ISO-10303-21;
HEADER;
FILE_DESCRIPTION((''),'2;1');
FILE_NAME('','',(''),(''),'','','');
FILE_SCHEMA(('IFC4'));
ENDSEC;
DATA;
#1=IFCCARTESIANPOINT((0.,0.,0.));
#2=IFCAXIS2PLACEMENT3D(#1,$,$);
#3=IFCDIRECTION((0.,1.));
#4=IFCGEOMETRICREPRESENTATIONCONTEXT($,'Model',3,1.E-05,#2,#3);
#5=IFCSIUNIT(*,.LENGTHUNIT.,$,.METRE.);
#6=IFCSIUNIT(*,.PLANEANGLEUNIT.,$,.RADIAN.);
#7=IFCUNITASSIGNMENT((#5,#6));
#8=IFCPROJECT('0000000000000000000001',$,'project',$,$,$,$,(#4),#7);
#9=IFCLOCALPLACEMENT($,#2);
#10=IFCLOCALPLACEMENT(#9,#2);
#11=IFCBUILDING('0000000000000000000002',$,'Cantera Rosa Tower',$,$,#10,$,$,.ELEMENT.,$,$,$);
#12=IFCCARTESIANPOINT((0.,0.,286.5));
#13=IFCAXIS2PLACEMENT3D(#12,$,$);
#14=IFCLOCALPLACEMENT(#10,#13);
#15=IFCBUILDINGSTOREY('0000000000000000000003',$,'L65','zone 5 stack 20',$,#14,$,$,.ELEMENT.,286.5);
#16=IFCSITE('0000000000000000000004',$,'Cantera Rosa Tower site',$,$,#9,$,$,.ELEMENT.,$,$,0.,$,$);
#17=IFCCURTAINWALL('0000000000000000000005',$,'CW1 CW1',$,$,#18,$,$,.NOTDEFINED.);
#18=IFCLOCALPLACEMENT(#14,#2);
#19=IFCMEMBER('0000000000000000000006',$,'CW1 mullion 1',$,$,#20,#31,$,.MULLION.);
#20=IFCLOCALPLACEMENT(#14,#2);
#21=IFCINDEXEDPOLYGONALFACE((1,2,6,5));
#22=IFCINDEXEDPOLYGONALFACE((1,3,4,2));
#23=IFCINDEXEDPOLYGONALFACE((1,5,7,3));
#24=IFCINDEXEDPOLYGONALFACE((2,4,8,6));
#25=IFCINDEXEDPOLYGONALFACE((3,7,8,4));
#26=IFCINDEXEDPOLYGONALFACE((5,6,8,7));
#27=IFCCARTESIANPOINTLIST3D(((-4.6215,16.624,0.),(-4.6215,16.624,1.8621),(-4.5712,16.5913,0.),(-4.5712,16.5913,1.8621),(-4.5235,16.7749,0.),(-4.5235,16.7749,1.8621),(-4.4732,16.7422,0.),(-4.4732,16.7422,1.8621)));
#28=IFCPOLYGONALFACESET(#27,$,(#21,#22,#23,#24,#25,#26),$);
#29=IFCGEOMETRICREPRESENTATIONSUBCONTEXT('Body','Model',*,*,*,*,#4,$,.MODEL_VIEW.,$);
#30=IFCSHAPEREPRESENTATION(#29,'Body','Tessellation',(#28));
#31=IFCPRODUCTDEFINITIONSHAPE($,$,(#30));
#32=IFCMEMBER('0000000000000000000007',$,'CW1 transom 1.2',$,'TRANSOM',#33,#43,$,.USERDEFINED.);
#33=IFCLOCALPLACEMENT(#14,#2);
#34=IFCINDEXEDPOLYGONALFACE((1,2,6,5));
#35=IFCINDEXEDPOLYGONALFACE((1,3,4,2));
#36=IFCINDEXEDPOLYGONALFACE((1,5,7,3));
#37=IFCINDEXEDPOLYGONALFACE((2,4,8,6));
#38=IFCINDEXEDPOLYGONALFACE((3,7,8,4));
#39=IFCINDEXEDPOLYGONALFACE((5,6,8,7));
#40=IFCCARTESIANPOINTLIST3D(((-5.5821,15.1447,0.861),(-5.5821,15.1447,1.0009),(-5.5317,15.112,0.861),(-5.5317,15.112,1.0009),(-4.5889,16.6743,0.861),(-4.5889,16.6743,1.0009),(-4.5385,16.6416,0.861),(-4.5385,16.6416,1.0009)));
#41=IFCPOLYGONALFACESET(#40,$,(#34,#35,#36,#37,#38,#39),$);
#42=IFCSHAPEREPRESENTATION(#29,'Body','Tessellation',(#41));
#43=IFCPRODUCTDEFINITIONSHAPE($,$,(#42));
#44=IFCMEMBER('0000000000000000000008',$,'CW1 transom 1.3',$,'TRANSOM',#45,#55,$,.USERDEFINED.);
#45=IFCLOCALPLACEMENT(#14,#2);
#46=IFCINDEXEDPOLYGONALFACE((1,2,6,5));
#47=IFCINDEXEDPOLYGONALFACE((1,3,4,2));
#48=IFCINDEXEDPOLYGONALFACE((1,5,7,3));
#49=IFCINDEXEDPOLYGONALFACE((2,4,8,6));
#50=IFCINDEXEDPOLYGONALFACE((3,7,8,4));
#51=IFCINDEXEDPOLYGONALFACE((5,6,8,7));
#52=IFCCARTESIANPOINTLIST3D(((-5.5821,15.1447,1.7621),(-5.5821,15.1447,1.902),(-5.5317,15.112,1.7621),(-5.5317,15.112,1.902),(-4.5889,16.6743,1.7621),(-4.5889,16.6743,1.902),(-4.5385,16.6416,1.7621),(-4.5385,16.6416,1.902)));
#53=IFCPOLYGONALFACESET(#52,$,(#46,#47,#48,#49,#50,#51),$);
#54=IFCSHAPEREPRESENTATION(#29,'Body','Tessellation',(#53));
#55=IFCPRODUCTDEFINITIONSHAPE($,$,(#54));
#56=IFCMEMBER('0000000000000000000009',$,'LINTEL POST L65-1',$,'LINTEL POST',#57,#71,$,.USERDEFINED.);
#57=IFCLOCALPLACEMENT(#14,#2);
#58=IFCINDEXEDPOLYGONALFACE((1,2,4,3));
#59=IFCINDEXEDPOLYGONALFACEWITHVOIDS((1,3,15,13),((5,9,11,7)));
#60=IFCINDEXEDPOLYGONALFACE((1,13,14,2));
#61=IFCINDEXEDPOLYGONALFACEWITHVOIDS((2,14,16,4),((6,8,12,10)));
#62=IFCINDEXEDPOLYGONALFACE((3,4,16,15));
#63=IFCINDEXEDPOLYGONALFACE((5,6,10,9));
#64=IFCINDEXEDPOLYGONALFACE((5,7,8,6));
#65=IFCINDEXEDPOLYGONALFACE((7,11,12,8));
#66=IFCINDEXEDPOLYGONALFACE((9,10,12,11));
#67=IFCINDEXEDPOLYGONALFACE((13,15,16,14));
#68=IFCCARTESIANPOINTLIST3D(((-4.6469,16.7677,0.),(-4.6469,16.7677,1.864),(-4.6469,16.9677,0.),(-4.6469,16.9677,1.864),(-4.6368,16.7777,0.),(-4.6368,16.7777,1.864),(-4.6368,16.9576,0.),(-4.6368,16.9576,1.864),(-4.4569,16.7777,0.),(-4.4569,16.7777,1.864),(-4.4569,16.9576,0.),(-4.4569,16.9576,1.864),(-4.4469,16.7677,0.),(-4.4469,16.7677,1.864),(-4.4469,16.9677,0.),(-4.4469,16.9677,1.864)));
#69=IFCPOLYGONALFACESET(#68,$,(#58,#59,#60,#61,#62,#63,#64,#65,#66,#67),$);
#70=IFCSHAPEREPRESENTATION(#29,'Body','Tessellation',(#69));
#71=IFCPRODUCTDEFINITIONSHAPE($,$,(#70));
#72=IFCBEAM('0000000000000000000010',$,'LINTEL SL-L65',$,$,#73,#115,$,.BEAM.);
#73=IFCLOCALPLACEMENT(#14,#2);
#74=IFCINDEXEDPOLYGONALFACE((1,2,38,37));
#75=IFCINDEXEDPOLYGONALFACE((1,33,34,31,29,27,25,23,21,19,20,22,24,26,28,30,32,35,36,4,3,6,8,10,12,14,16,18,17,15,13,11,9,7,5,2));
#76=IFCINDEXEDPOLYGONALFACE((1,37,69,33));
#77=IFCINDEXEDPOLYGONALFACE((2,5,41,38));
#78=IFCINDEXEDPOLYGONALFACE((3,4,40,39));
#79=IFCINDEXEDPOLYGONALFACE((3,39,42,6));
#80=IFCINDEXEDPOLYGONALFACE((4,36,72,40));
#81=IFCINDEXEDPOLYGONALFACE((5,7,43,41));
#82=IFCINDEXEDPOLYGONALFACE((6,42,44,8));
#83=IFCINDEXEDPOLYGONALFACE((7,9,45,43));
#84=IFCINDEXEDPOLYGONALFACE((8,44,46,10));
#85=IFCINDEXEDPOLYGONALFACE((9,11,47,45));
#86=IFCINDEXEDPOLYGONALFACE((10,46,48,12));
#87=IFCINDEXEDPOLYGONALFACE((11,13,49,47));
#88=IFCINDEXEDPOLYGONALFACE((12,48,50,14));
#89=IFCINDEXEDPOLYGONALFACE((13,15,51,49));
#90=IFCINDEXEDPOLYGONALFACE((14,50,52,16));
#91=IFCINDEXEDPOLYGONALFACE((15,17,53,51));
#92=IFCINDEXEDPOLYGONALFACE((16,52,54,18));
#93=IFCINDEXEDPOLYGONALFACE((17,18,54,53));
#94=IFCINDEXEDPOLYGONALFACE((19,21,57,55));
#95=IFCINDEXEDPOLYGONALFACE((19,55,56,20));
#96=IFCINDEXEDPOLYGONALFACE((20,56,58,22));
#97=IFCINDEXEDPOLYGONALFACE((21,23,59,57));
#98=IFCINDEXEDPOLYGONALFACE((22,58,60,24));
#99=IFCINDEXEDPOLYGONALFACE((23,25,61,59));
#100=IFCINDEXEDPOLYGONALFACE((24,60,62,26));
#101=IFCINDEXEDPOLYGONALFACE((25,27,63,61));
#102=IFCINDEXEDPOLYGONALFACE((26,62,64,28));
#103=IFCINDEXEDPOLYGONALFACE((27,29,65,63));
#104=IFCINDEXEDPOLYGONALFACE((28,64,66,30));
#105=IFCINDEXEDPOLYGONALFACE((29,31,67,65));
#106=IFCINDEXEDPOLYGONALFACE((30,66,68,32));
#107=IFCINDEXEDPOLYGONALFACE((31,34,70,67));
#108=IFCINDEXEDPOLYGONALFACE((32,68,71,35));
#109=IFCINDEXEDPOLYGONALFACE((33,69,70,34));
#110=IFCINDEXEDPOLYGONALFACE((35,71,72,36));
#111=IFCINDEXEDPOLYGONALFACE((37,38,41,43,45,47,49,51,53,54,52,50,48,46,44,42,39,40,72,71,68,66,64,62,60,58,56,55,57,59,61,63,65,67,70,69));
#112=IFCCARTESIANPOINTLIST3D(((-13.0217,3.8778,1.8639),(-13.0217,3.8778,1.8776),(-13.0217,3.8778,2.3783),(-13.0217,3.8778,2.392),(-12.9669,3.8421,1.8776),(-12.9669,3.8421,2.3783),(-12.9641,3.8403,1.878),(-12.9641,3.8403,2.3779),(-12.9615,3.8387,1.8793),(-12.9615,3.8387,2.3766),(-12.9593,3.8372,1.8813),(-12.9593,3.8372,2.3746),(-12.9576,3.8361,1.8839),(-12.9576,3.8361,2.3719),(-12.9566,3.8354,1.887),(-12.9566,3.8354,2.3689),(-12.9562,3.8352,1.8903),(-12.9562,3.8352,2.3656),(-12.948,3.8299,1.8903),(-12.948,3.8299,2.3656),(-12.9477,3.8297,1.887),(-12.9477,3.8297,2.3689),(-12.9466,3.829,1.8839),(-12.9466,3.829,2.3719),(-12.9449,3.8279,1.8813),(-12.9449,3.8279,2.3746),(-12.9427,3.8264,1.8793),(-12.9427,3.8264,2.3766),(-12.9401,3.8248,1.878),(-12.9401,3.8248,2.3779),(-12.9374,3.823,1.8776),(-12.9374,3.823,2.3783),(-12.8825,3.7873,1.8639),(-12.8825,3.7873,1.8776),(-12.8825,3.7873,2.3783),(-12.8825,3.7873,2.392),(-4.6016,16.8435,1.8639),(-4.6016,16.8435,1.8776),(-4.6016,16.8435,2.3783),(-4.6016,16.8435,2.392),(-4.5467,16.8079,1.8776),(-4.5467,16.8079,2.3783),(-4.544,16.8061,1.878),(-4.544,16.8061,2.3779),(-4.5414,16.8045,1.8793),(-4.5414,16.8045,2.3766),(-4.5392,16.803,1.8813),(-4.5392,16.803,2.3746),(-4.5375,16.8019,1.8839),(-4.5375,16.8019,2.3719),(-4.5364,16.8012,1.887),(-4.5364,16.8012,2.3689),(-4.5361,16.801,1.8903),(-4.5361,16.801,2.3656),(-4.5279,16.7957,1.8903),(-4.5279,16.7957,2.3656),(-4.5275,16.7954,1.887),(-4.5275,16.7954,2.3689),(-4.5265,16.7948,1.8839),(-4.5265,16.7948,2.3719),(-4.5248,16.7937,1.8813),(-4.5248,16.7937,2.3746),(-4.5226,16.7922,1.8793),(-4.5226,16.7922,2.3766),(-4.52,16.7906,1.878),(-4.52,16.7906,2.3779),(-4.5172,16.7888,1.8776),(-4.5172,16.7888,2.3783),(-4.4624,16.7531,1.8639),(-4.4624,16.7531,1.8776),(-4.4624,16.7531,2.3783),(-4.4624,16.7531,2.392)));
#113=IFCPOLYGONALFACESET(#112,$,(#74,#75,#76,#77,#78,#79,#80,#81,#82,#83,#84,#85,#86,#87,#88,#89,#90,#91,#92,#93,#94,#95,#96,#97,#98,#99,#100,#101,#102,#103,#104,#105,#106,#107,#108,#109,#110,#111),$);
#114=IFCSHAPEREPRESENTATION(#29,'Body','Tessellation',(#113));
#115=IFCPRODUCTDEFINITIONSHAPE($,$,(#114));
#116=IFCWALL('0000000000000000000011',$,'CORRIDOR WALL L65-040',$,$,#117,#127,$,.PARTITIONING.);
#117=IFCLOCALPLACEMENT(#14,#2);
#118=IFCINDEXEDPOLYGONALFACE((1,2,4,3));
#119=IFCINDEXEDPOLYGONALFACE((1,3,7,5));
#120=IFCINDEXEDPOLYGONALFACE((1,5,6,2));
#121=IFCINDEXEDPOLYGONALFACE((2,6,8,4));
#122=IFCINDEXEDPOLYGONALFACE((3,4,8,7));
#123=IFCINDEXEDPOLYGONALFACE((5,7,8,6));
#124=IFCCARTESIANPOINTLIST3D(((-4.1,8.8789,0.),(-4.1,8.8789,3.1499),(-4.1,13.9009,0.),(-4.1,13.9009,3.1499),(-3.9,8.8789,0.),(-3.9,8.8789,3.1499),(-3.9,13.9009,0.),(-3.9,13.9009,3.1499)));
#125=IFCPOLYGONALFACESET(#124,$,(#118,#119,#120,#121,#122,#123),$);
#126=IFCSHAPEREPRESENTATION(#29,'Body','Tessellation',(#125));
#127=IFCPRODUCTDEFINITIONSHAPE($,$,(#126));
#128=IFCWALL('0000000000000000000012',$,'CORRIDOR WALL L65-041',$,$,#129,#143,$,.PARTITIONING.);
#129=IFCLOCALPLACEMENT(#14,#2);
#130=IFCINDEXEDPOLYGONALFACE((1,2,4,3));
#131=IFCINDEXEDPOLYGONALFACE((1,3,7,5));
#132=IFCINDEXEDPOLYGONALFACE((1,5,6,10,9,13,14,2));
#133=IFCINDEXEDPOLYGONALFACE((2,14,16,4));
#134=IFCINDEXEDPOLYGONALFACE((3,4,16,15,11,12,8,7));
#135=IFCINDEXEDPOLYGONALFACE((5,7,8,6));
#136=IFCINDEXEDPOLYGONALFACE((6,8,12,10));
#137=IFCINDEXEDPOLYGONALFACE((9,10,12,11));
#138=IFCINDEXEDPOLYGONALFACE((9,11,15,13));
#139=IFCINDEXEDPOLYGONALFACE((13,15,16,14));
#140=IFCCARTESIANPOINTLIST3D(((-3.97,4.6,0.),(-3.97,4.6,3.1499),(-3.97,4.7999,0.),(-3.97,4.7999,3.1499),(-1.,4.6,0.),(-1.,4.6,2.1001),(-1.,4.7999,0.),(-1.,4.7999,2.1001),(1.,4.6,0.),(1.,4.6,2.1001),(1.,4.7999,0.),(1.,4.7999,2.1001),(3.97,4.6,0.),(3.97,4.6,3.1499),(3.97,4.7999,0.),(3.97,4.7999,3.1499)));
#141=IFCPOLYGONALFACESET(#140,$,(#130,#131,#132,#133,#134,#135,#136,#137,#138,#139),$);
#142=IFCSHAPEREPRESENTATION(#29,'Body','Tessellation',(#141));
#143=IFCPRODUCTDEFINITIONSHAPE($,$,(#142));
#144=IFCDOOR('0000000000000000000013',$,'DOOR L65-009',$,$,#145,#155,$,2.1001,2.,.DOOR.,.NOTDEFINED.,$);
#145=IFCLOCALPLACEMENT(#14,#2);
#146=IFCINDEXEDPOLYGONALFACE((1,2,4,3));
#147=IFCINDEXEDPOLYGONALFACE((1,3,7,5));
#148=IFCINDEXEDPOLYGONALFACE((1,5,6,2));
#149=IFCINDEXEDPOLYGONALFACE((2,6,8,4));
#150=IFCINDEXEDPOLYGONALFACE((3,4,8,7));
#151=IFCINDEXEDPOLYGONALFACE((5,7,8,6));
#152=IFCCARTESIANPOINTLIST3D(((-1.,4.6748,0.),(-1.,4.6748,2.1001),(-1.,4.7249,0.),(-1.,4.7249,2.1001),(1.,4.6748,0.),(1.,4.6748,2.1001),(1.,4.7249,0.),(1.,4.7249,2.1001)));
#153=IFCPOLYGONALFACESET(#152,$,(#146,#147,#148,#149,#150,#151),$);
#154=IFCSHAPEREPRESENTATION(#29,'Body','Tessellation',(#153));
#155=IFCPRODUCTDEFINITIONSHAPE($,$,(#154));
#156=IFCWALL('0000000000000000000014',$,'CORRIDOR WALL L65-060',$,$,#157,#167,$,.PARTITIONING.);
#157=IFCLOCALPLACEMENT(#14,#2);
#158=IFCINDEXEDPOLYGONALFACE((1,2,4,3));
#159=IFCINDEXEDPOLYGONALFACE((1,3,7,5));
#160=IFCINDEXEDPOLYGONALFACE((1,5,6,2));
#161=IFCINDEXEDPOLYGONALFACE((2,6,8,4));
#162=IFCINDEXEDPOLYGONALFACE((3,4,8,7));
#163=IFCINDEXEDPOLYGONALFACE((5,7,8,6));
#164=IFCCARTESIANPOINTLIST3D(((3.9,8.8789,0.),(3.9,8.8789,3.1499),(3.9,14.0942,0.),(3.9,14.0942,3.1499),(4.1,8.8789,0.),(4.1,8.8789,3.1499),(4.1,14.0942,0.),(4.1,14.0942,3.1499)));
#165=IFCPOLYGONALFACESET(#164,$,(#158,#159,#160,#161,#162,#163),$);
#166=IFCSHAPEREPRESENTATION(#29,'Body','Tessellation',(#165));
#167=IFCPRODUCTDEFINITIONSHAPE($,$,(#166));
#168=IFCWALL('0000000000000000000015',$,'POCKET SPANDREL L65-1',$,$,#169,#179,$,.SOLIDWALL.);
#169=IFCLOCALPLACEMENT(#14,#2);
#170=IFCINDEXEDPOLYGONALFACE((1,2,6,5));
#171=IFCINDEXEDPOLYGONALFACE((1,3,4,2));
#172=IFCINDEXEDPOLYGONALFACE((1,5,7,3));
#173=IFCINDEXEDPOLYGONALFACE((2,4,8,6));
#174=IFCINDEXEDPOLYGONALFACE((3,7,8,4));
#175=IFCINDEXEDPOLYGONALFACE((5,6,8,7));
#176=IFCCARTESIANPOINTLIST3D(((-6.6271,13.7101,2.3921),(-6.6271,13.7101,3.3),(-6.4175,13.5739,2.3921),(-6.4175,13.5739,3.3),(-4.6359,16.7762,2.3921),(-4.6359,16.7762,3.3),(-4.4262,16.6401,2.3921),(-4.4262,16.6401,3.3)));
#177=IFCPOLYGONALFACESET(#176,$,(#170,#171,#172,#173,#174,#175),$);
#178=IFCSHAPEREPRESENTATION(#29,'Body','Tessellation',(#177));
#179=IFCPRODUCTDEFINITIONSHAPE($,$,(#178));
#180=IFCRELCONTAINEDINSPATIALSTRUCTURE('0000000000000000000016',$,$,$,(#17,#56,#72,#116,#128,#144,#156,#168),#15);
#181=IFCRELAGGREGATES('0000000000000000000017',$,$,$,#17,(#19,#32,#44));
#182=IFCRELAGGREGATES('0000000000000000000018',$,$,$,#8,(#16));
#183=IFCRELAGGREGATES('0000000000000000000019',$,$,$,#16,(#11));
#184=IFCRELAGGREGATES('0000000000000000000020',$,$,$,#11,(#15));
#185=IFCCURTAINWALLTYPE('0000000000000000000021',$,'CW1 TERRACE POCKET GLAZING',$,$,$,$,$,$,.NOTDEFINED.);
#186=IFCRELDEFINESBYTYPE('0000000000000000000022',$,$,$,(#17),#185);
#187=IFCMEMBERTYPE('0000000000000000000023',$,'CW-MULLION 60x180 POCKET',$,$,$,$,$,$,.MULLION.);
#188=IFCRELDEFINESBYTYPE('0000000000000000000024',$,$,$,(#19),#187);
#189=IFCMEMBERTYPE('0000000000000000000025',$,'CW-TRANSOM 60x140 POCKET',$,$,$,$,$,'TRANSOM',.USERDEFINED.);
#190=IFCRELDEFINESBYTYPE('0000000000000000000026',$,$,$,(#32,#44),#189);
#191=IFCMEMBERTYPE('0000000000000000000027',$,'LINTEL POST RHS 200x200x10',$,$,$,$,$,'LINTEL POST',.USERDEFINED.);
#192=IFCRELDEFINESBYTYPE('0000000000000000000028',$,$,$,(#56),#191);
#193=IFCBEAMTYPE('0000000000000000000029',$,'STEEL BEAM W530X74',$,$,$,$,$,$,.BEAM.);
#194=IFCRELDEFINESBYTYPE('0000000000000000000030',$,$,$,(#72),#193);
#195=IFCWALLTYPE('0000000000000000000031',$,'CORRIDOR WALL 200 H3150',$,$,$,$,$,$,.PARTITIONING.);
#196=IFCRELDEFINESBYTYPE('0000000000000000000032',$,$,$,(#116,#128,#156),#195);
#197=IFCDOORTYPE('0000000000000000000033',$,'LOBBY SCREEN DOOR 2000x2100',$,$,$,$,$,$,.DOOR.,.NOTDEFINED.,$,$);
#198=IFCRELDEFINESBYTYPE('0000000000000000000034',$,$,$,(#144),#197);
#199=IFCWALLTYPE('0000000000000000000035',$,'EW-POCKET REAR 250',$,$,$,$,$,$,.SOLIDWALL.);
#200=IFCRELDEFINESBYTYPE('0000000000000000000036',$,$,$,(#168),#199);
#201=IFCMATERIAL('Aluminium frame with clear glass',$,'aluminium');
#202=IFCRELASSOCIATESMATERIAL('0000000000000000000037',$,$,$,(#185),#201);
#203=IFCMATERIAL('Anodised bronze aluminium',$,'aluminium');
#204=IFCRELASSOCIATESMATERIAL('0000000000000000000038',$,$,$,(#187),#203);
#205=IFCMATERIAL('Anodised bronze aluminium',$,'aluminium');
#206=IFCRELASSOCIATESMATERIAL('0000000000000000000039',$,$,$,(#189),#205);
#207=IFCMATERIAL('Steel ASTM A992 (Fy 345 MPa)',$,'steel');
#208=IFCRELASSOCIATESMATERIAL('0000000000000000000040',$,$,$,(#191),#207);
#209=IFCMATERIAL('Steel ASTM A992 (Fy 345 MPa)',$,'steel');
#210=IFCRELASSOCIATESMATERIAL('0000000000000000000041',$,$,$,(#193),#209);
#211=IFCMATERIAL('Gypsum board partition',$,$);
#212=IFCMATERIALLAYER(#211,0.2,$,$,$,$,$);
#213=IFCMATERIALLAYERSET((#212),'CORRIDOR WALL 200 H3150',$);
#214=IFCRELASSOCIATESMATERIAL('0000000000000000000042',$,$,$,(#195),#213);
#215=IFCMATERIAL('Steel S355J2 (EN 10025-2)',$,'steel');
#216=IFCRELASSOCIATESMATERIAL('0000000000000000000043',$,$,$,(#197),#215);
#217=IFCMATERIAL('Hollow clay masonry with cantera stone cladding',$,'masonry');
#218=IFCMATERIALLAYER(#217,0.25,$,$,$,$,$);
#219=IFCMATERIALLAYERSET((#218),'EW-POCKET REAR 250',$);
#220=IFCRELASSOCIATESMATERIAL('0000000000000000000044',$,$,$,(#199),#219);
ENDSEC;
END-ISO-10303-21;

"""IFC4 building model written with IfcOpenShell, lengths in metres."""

from ifc_helpers import new_model, si_unit, direction, frame, frame_2d, origin, origin_2d, place, context, subcontext, project, spatial, rectangle, hollow_rectangle, i_section, extrude, material, layer, layer_set, material_profile, profile_set, type_object, element, fill, aggregate, save


model = new_model("IFC4")

# Units and contexts
model_context = context("Model", 3, precision=1e-05, world=origin(), true_north=direction((0.0, 1.0)))
body_context = subcontext(model_context, "Body", "Model", "MODEL_VIEW")
ifc_project = project(units=[si_unit("LENGTHUNIT", "METRE"), si_unit("PLANEANGLEUNIT", "RADIAN")], contexts=[model_context])

# Site, building, storey
site_placement = place(None, origin())
site = spatial("IfcSite", under=ifc_project, at=site_placement, Name="Cantera Rosa Tower site", CompositionType="ELEMENT", RefElevation=0.0)
building_placement = place(site_placement, origin())
building = spatial("IfcBuilding", under=site, at=building_placement, Name="Cantera Rosa Tower", CompositionType="ELEMENT")
storey_placement = place(building_placement, frame((0.0, 0.0, 286.5)))
storey = spatial("IfcBuildingStorey", under=building, at=storey_placement, Name="L65", Description="zone 5 stack 20", CompositionType="ELEMENT", Elevation=286.5)

# Curtain wall, members
ifc_material_1 = material(Name="Aluminium frame with clear glass", Category="aluminium")
curtain_wall_type = type_object("IfcCurtainWallType", Name="CW1 TERRACE POCKET GLAZING", PredefinedType="NOTDEFINED", material=ifc_material_1)
curtain_wall_placement = place(storey_placement, origin())
curtain_wall = element("IfcCurtainWall", 1, at=curtain_wall_placement, inside=storey, type_object=curtain_wall_type, Name="CW1 CW1", PredefinedType="NOTDEFINED")
ifc_material_2 = material(Name="Anodised bronze aluminium", Category="aluminium")
ifc_material_profile_1 = material_profile(ifc_material_2, rectangle(XDim=0.0601, YDim=0.1799, at=origin_2d()), Name="CW-MULLION 60x180 POCKET")
ifc_profile_set_1 = profile_set([ifc_material_profile_1], Name="Anodised bronze aluminium")
member_type_1 = type_object("IfcMemberType", Name="CW-MULLION 60x180 POCKET", PredefinedType="MULLION", material=ifc_profile_set_1)
member_1_placement = place(storey_placement, frame((-4.5474, 16.6831, 0.0), z_axis=(0.0, 0.0, 1.0), x_axis=(0.838671, -0.544639, 0.0)))
member_1 = element("IfcMember", 2, at=member_1_placement, type_object=member_type_1, Name="CW1 mullion 1", PredefinedType="MULLION", context=body_context, shape_type="SweptSolid", body=[
    extrude(rectangle(XDim=0.0601, YDim=0.1799, at=origin_2d()), origin(), (0.0, 0.0, 1.0), 1.8621),
])
ifc_material_3 = material(Name="Anodised bronze aluminium", Category="aluminium")
ifc_material_profile_2 = material_profile(ifc_material_3, rectangle(XDim=0.0601, YDim=0.1399, at=origin_2d()), Name="CW-TRANSOM 60x140 POCKET")
ifc_profile_set_2 = profile_set([ifc_material_profile_2], Name="Anodised bronze aluminium")
member_type_2 = type_object("IfcMemberType", Name="CW-TRANSOM 60x140 POCKET", ElementType="TRANSOM", PredefinedType="USERDEFINED", material=ifc_profile_set_2)
member_2_placement = place(storey_placement, frame((-4.5637, 16.658, 0.9309), z_axis=(-0.544588, -0.838703, 0.0), x_axis=(0.838703, -0.544588, 0.0)))
member_2 = element("IfcMember", 3, at=member_2_placement, type_object=member_type_2, Name="CW1 transom 1.2", ObjectType="TRANSOM", PredefinedType="USERDEFINED", context=body_context, shape_type="SweptSolid", body=[
    extrude(rectangle(XDim=0.0601, YDim=0.1399, at=origin_2d()), origin(), (0.0, 0.0, 1.0), 1.8237),
])
member_3_placement = place(storey_placement, frame((-4.5637, 16.658, 1.832), z_axis=(-0.544588, -0.838703, 0.0), x_axis=(0.838703, -0.544588, 0.0)))
member_3 = element("IfcMember", 4, at=member_3_placement, type_object=member_type_2, Name="CW1 transom 1.3", ObjectType="TRANSOM", PredefinedType="USERDEFINED", context=body_context, shape_type="SweptSolid", body=[
    extrude(rectangle(XDim=0.0601, YDim=0.1399, at=origin_2d()), origin(), (0.0, 0.0, 1.0), 1.8237),
])
aggregate(curtain_wall, [member_1, member_2, member_3])

# Member
ifc_material_4 = material(Name="Steel ASTM A992 (Fy 345 MPa)", Category="steel")
ifc_material_profile_3 = material_profile(ifc_material_4, hollow_rectangle(XDim=0.2, YDim=0.2, WallThickness=0.01, at=origin_2d()), Name="LINTEL POST RHS 200x200x10")
ifc_profile_set_3 = profile_set([ifc_material_profile_3], Name="Steel ASTM A992 (Fy 345 MPa)")
member_type_3 = type_object("IfcMemberType", Name="LINTEL POST RHS 200x200x10", ElementType="LINTEL POST", PredefinedType="USERDEFINED", material=ifc_profile_set_3)
member_4_placement = place(storey_placement, frame((-4.5469, 16.8677, 0.0), z_axis=(0.0, 0.0, 1.0), x_axis=(1.0, 0.0, 0.0)))
element("IfcMember", 5, at=member_4_placement, inside=storey, type_object=member_type_3, Name="LINTEL POST L65-1", ObjectType="LINTEL POST", PredefinedType="USERDEFINED", context=body_context, shape_type="SweptSolid", body=[
    extrude(hollow_rectangle(XDim=0.2, YDim=0.2, WallThickness=0.01, at=origin_2d()), origin(), (0.0, 0.0, 1.0), 1.864),
])

# Beam
ifc_material_5 = material(Name="Steel ASTM A992 (Fy 345 MPa)", Category="steel")
ifc_material_profile_4 = material_profile(ifc_material_5, i_section(OverallWidth=0.166, OverallDepth=0.5281, WebThickness=0.0098, FlangeThickness=0.0137, FilletRadius=0.0127, at=origin_2d()), Name="W530X74")
ifc_profile_set_4 = profile_set([ifc_material_profile_4], Name="Steel ASTM A992 (Fy 345 MPa)")
beam_type = type_object("IfcBeamType", Name="STEEL BEAM W530X74", PredefinedType="BEAM", material=ifc_profile_set_4)
beam_placement = place(storey_placement, frame((-4.532, 16.7983, 2.1279), z_axis=(-0.544642, -0.838669, 0.0), x_axis=(0.838669, -0.544642, 0.0)))
element("IfcBeam", 6, at=beam_placement, inside=storey, type_object=beam_type, Name="LINTEL SL-L65", PredefinedType="BEAM", context=body_context, shape_type="SweptSolid", body=[
    extrude(i_section(OverallWidth=0.166, OverallDepth=0.5281, WebThickness=0.0098, FlangeThickness=0.0137, FilletRadius=0.0127, at=origin_2d()), origin(), (0.0, 0.0, 1.0), 15.46),
])

# Wall
ifc_material_6 = material(Name="Gypsum board partition")
ifc_layer_1 = layer(ifc_material_6, 0.2)
ifc_layer_set_1 = layer_set([ifc_layer_1], Name="CORRIDOR WALL 200 H3150")
wall_type_1 = type_object("IfcWallType", Name="CORRIDOR WALL 200 H3150", PredefinedType="PARTITIONING", material=ifc_layer_set_1)
wall_1_placement = place(storey_placement, frame((-4.0, 13.9009, 0.0), z_axis=(0.0, 0.0, 1.0), x_axis=(0.0, -1.0, 0.0)))
element("IfcWall", 7, at=wall_1_placement, inside=storey, type_object=wall_type_1, Name="CORRIDOR WALL L65-040", PredefinedType="PARTITIONING", context=body_context, shape_type="SweptSolid", body=[
    extrude(rectangle(XDim=5.022, YDim=0.2, at=frame_2d((2.511, 0.0))), origin(), (0.0, 0.0, 1.0), 3.1499),
])

# Wall, opening, door
wall_2_placement = place(storey_placement, frame((-3.97, 4.7, 0.0), z_axis=(0.0, 0.0, 1.0), x_axis=(1.0, 0.0, 0.0)))
wall_2 = element("IfcWall", 8, at=wall_2_placement, inside=storey, type_object=wall_type_1, Name="CORRIDOR WALL L65-041", PredefinedType="PARTITIONING", context=body_context, shape_type="SweptSolid", body=[
    extrude(rectangle(XDim=7.9399, YDim=0.2, at=frame_2d((3.97, 0.0))), origin(), (0.0, 0.0, 1.0), 3.1499),
])
opening_1_placement = place(wall_2_placement, frame((2.97, 0.0, 0.0)))
opening_1 = element("IfcOpeningElement", 9, at=opening_1_placement, cuts=wall_2, PredefinedType="OPENING", context=body_context, shape_type="SweptSolid", body=[
    extrude(rectangle(XDim=2.0, YDim=2.1001, at=frame_2d((1.0, 1.05))), frame((0.0, 0.1099, 0.0), z_axis=(0.0, -1.0, 0.0), x_axis=(1.0, 0.0, 0.0)), (0.0, 0.0, 1.0), 0.22),
])
ifc_material_7 = material(Name="Steel S355J2 (EN 10025-2)", Category="steel")
door_type_1 = type_object("IfcDoorType", Name="LOBBY SCREEN DOOR 2000x2100", OperationType="NOTDEFINED", PredefinedType="DOOR", material=ifc_material_7)
door_1_placement = place(opening_1_placement, origin())
door_1 = element("IfcDoor", 10, at=door_1_placement, inside=storey, type_object=door_type_1, Name="DOOR L65-009", OperationType="NOTDEFINED", OverallHeight=2.1001, OverallWidth=2.0, PredefinedType="DOOR", context=body_context, shape_type="SweptSolid", body=[
    extrude(rectangle(XDim=2.0, YDim=2.1001, at=frame_2d((1.0, 1.05))), frame((0.0, 0.0249, 0.0), z_axis=(0.0, -1.0, 0.0), x_axis=(1.0, 0.0, 0.0)), (0.0, 0.0, 1.0), 0.05),
])
fill(opening_1, door_1)

# Walls
wall_3_placement = place(storey_placement, frame((4.0, 8.8789, 0.0), z_axis=(0.0, 0.0, 1.0), x_axis=(0.0, 1.0, 0.0)))
element("IfcWall", 11, at=wall_3_placement, inside=storey, type_object=wall_type_1, Name="CORRIDOR WALL L65-060", PredefinedType="PARTITIONING", context=body_context, shape_type="SweptSolid", body=[
    extrude(rectangle(XDim=5.2153, YDim=0.2, at=frame_2d((2.6077, 0.0))), origin(), (0.0, 0.0, 1.0), 3.1499),
])
ifc_material_8 = material(Name="Hollow clay masonry with cantera stone cladding", Category="masonry")
ifc_layer_2 = layer(ifc_material_8, 0.25)
ifc_layer_set_2 = layer_set([ifc_layer_2], Name="EW-POCKET REAR 250")
wall_type_2 = type_object("IfcWallType", Name="EW-POCKET REAR 250", PredefinedType="SOLIDWALL", material=ifc_layer_set_2)
wall_4_placement = place(storey_placement, frame((-4.531, 16.7083, 2.3921), z_axis=(0.0, 0.0, 1.0), x_axis=(-0.544643, -0.838668, 0.0)))
element("IfcWall", 12, at=wall_4_placement, inside=storey, type_object=wall_type_2, Name="POCKET SPANDREL L65-1", PredefinedType="SOLIDWALL", context=body_context, shape_type="SweptSolid", body=[
    extrude(rectangle(XDim=3.656, YDim=0.25, at=frame_2d((1.8281, 0.0))), origin(), (0.0, 0.0, 1.0), 0.908),
])

save(model, "model.ifc")
